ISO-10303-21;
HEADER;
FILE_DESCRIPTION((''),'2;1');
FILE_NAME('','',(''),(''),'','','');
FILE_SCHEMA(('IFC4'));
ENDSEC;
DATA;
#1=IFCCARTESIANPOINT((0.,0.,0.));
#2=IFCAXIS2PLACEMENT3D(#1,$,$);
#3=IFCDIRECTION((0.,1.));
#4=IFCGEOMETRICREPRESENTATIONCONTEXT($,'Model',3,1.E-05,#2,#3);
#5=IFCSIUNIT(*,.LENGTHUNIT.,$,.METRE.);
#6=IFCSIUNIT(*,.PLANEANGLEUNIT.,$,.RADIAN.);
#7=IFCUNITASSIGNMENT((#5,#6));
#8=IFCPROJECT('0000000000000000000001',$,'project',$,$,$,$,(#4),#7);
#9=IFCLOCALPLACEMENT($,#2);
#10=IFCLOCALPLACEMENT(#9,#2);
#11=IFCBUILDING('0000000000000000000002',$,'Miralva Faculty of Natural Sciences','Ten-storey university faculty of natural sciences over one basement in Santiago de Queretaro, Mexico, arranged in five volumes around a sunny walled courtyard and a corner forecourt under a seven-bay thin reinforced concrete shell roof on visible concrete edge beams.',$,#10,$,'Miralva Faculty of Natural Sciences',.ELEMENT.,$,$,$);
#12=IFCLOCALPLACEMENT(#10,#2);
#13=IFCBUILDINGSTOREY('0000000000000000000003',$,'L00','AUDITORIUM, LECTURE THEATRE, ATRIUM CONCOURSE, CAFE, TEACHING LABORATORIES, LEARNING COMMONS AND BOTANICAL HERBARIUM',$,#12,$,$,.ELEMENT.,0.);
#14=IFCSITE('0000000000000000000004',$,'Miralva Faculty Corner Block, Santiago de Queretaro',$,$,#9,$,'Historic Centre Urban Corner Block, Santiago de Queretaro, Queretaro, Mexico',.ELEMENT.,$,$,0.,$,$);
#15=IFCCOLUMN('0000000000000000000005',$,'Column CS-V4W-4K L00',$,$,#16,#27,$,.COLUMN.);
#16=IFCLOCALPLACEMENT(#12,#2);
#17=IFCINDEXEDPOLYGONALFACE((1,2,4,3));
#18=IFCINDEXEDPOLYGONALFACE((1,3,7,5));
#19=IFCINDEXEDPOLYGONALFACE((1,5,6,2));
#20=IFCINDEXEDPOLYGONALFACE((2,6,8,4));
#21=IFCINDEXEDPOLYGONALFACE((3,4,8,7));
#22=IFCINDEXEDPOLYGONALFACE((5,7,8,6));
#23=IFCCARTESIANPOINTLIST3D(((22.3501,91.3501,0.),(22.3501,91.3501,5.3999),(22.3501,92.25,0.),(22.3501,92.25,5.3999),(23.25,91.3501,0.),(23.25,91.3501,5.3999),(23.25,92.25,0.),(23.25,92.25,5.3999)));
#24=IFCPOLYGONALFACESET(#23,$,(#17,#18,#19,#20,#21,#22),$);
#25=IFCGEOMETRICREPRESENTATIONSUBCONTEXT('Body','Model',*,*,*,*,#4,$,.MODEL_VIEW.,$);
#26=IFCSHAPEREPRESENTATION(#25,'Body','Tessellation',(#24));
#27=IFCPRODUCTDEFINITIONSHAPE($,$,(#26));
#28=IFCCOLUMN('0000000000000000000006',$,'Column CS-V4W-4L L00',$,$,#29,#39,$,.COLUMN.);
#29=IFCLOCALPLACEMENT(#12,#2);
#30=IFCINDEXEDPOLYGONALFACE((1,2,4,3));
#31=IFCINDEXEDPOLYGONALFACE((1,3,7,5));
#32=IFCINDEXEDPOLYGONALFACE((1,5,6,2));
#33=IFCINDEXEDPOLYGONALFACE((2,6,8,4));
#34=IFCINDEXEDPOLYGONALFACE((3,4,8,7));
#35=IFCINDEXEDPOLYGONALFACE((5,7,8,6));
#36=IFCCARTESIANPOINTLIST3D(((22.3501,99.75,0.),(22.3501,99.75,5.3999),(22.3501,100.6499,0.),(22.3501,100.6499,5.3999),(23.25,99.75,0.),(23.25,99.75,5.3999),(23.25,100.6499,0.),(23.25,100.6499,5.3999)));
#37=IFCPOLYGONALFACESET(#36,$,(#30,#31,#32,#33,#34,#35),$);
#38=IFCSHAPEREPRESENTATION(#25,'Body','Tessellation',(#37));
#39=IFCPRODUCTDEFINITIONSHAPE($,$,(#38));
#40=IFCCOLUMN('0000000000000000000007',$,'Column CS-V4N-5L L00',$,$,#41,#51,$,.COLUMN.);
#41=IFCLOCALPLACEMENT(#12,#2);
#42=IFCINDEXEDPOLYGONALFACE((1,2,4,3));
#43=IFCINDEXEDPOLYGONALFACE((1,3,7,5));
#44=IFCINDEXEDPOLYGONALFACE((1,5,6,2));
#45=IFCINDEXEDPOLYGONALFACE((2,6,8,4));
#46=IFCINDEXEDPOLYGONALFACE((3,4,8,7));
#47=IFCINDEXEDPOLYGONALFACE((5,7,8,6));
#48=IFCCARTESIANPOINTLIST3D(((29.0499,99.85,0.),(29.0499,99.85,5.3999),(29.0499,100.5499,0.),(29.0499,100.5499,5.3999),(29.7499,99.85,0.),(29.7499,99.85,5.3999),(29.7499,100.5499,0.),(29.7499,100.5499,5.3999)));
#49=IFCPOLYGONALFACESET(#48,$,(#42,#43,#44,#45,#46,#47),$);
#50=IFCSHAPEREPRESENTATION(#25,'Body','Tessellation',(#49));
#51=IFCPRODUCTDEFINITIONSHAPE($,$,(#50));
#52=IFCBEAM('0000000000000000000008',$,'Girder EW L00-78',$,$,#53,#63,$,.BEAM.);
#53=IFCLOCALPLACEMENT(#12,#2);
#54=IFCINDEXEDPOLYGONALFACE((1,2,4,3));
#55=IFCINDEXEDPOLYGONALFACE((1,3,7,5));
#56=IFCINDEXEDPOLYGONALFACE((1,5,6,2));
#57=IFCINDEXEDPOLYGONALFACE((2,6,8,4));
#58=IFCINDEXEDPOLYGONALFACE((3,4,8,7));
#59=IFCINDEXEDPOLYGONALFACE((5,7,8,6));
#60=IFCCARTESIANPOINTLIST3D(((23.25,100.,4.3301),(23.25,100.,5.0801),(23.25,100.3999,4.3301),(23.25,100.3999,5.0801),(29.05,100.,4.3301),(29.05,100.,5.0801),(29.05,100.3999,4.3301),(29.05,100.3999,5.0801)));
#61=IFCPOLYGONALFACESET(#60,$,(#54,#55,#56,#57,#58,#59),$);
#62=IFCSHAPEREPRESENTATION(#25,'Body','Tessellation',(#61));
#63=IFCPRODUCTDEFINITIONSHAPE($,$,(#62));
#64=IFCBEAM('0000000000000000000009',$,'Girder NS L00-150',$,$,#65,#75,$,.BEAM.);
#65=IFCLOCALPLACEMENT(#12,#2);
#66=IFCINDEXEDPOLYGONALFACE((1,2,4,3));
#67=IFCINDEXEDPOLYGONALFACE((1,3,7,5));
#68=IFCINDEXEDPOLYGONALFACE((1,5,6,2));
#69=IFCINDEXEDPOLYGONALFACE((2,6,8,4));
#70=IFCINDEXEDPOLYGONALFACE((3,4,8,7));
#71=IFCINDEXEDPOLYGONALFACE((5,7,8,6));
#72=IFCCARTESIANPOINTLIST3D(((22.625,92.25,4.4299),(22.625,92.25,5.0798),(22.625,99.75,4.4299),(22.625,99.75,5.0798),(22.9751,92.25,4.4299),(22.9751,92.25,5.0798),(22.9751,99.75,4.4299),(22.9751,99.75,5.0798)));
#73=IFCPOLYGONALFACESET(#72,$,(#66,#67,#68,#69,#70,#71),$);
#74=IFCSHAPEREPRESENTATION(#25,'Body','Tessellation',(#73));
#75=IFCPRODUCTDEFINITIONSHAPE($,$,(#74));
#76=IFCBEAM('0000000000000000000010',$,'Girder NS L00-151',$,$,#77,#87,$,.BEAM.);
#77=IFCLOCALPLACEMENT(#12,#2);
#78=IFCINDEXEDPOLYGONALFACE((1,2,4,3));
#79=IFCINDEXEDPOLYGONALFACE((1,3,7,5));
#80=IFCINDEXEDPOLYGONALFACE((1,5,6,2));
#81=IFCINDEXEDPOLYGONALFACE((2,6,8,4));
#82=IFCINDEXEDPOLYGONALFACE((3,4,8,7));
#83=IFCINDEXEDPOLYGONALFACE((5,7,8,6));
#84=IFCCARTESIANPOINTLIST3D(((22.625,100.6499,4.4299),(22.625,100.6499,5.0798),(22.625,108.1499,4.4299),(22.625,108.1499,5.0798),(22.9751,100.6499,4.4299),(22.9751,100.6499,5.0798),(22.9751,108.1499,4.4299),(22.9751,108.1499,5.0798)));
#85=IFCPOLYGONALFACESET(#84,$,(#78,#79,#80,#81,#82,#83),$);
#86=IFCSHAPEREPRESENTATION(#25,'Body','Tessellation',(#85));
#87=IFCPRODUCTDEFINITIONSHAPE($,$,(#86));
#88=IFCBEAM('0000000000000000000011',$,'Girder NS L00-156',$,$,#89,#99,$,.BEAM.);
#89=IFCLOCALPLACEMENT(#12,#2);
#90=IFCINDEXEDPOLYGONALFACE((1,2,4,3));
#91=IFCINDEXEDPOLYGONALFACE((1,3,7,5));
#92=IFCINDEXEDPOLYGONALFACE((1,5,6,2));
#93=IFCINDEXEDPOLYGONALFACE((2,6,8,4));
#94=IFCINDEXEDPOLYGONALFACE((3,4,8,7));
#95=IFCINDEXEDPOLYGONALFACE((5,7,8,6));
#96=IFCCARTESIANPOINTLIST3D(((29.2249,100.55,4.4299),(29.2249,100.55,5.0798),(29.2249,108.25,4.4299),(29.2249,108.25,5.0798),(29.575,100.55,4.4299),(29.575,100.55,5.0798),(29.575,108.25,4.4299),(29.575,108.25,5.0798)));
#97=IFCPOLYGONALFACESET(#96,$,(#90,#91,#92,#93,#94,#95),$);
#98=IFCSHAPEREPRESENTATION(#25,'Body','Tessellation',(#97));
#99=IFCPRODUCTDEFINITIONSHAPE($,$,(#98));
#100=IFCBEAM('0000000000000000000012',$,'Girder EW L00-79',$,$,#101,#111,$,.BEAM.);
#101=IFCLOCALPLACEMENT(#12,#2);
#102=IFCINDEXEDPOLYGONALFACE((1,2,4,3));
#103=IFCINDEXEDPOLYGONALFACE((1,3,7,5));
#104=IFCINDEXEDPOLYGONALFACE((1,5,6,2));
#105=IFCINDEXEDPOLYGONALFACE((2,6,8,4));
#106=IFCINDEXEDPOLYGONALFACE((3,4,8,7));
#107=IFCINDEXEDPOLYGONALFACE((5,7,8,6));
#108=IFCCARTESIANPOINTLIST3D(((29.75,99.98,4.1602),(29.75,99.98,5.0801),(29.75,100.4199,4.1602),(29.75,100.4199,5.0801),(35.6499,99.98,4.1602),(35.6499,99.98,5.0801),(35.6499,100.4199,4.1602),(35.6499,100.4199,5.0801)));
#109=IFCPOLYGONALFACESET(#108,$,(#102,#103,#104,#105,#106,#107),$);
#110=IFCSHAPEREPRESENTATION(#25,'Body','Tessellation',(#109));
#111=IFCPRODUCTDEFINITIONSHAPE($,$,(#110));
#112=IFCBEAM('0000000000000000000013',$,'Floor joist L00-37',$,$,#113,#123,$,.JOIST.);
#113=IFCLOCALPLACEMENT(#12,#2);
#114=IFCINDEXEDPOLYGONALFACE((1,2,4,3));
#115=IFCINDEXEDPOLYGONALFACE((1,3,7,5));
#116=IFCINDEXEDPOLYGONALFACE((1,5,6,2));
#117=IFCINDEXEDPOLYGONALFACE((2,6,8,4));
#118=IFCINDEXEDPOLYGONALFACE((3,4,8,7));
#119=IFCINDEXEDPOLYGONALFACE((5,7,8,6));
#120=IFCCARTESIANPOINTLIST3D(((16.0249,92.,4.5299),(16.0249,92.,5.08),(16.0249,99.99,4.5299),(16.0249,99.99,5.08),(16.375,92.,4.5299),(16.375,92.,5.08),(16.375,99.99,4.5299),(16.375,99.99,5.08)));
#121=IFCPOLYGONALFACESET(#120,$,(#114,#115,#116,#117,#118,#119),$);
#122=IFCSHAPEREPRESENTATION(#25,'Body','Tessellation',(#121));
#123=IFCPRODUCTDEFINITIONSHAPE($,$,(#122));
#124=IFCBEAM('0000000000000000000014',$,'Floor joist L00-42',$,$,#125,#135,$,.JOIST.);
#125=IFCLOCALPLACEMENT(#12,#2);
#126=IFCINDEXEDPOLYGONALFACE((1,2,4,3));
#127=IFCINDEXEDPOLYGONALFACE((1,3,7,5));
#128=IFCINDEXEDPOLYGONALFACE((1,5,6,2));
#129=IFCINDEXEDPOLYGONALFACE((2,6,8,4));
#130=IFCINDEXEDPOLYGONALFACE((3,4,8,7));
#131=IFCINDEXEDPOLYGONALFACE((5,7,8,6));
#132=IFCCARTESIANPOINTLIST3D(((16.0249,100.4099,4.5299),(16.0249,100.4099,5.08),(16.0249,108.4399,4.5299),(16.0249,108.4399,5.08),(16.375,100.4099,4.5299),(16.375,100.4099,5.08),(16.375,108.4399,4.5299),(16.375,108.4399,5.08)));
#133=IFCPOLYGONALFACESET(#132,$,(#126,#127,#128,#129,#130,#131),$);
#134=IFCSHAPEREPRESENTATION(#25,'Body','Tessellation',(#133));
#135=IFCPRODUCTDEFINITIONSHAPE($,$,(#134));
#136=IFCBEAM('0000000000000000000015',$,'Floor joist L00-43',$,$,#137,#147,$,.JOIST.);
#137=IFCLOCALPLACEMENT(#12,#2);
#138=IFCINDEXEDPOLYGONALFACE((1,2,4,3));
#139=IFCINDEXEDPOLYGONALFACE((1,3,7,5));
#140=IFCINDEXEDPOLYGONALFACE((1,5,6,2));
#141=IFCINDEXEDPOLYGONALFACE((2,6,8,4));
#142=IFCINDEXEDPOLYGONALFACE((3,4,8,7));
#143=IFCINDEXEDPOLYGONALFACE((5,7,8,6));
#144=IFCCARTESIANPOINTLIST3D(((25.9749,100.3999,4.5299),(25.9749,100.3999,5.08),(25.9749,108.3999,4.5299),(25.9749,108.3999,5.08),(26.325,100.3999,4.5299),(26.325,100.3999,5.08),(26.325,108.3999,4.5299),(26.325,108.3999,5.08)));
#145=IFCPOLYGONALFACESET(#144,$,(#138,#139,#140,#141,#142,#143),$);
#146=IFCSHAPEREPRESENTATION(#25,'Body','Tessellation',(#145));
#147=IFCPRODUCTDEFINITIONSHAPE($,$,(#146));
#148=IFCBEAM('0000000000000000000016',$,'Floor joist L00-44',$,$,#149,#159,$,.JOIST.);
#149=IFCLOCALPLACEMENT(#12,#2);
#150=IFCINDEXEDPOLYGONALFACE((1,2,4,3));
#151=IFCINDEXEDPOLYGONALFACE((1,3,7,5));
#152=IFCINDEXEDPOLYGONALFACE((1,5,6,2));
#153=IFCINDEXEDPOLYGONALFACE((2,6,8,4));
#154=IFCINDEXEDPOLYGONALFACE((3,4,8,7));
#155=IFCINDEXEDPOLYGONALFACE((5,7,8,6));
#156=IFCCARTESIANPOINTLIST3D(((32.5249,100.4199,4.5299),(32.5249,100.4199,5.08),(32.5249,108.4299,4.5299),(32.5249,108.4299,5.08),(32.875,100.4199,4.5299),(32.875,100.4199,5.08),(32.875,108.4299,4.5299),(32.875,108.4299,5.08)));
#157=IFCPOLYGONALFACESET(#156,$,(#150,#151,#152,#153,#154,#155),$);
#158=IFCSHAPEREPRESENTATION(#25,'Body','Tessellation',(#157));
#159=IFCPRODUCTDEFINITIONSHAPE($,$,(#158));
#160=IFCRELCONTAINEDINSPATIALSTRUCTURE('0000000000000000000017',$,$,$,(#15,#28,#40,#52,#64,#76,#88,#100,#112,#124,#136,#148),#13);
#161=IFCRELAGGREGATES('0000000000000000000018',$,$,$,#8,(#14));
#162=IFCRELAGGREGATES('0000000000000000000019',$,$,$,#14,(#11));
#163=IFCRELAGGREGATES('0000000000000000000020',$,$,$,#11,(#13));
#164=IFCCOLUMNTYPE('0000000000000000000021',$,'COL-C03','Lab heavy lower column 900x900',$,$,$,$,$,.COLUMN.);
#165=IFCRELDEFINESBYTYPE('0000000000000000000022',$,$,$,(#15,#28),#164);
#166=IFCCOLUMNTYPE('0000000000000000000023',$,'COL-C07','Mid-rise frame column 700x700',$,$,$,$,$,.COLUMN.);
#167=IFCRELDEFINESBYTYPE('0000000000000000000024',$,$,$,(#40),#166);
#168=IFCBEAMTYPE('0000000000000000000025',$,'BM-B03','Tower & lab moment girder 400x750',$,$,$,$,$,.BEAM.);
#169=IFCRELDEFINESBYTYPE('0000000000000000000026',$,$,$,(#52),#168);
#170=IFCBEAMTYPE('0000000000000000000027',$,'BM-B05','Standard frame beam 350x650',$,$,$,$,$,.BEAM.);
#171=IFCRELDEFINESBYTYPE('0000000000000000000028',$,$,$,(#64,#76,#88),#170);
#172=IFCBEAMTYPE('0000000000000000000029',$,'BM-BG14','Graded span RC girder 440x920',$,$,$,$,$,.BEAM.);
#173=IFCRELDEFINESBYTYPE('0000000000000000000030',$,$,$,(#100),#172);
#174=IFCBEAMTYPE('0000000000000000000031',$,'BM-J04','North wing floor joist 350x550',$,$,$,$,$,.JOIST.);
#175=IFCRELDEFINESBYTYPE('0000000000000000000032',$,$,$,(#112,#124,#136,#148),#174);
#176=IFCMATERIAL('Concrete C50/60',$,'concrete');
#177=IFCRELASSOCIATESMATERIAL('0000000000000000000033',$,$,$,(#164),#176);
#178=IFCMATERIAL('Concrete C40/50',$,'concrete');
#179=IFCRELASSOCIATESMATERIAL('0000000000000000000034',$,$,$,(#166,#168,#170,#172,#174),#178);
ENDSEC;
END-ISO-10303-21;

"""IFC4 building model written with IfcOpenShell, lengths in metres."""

from ifc_helpers import new_model, si_unit, direction, frame, origin, origin_2d, place, context, subcontext, project, spatial, rectangle, extrude, material, material_profile, profile_set, type_object, element, save


model = new_model("IFC4")

# Units and contexts
model_context = context("Model", 3, precision=1e-05, world=origin(), true_north=direction((0.0, 1.0)))
body_context = subcontext(model_context, "Body", "Model", "MODEL_VIEW")
ifc_project = project(units=[si_unit("LENGTHUNIT", "METRE"), si_unit("PLANEANGLEUNIT", "RADIAN")], contexts=[model_context])

# Site, building, storey
site_placement = place(None, origin())
site = spatial("IfcSite", under=ifc_project, at=site_placement, Name="Miralva Faculty Corner Block, Santiago de Queretaro", LongName="Historic Centre Urban Corner Block, Santiago de Queretaro, Queretaro, Mexico", CompositionType="ELEMENT", RefElevation=0.0)
building_placement = place(site_placement, origin())
building = spatial("IfcBuilding", under=site, at=building_placement, Name="Miralva Faculty of Natural Sciences", Description="Ten-storey university faculty of natural sciences over one basement in Santiago de Queretaro, Mexico, arranged in five volumes around a sunny walled courtyard and a corner forecourt under a seven-bay thin reinforced concrete shell roof on visible concrete edge beams.", LongName="Miralva Faculty of Natural Sciences", CompositionType="ELEMENT")
storey_placement = place(building_placement, origin())
storey = spatial("IfcBuildingStorey", under=building, at=storey_placement, Name="L00", Description="AUDITORIUM, LECTURE THEATRE, ATRIUM CONCOURSE, CAFE, TEACHING LABORATORIES, LEARNING COMMONS AND BOTANICAL HERBARIUM", CompositionType="ELEMENT", Elevation=0.0)

# Columns
ifc_material_1 = material(Name="Concrete C50/60", Category="concrete")
ifc_material_profile_1 = material_profile(ifc_material_1, rectangle(XDim=0.8999, YDim=0.8999, at=origin_2d()), Name="RC 900x900")
ifc_profile_set_1 = profile_set([ifc_material_profile_1], Name="Concrete C50/60")
column_type_1 = type_object("IfcColumnType", Name="COL-C03", Description="Lab heavy lower column 900x900", PredefinedType="COLUMN", material=ifc_profile_set_1)
for number, where, z_axis, x_axis, name in (
    (1, (22.8, 91.8, 0.0), (0.0, 0.0, 1.0), (1.0, 0.0, 0.0), "Column CS-V4W-4K L00"),
    (2, (22.8, 100.2, 0.0), (0.0, 0.0, 1.0), (1.0, 0.0, 0.0), "Column CS-V4W-4L L00"),
):
    element("IfcColumn", number, at=place(storey_placement, frame(where, z_axis=z_axis, x_axis=x_axis)), inside=storey, type_object=column_type_1, Name=name, PredefinedType="COLUMN", context=body_context, shape_type="SweptSolid", body=[
        extrude(rectangle(XDim=0.8999, YDim=0.8999, at=origin_2d()), origin(), (0.0, 0.0, 1.0), 5.3999),
    ])
ifc_material_2 = material(Name="Concrete C40/50", Category="concrete")
ifc_material_profile_2 = material_profile(ifc_material_2, rectangle(XDim=0.7, YDim=0.7, at=origin_2d()), Name="RC 700x700")
ifc_profile_set_2 = profile_set([ifc_material_profile_2], Name="Concrete C40/50")
column_type_2 = type_object("IfcColumnType", Name="COL-C07", Description="Mid-rise frame column 700x700", PredefinedType="COLUMN", material=ifc_profile_set_2)
column_placement = place(storey_placement, frame((29.3999, 100.2, 0.0), z_axis=(0.0, 0.0, 1.0), x_axis=(1.0, 0.0, 0.0)))
element("IfcColumn", 3, at=column_placement, inside=storey, type_object=column_type_2, Name="Column CS-V4N-5L L00", PredefinedType="COLUMN", context=body_context, shape_type="SweptSolid", body=[
    extrude(rectangle(XDim=0.7, YDim=0.7, at=origin_2d()), origin(), (0.0, 0.0, 1.0), 5.3999),
])

# Beams
ifc_material_profile_3 = material_profile(ifc_material_2, rectangle(XDim=0.3999, YDim=0.75, at=origin_2d()), Name="RC 400x750")
ifc_profile_set_3 = profile_set([ifc_material_profile_3], Name="Concrete C40/50")
beam_type_1 = type_object("IfcBeamType", Name="BM-B03", Description="Tower & lab moment girder 400x750", PredefinedType="BEAM", material=ifc_profile_set_3)
beam_1_placement = place(storey_placement, frame((23.25, 100.2, 4.7051), z_axis=(1.0, 0.0, 0.0), x_axis=(0.0, 1.0, 0.0)))
element("IfcBeam", 4, at=beam_1_placement, inside=storey, type_object=beam_type_1, Name="Girder EW L00-78", PredefinedType="BEAM", context=body_context, shape_type="SweptSolid", body=[
    extrude(rectangle(XDim=0.3999, YDim=0.75, at=origin_2d()), origin(), (0.0, 0.0, 1.0), 5.8),
])
ifc_material_profile_4 = material_profile(ifc_material_2, rectangle(XDim=0.3501, YDim=0.6499, at=origin_2d()), Name="RC 350x650")
ifc_profile_set_4 = profile_set([ifc_material_profile_4], Name="Concrete C40/50")
beam_type_2 = type_object("IfcBeamType", Name="BM-B05", Description="Standard frame beam 350x650", PredefinedType="BEAM", material=ifc_profile_set_4)
for number, where, z_axis, x_axis, name in (
    (5, (22.8, 92.25, 4.7549), (0.0, 1.0, 0.0), (-1.0, 0.0, 0.0), "Girder NS L00-150"),
    (6, (22.8, 100.6499, 4.7549), (0.0, 1.0, 0.0), (-1.0, 0.0, 0.0), "Girder NS L00-151"),
):
    element("IfcBeam", number, at=place(storey_placement, frame(where, z_axis=z_axis, x_axis=x_axis)), inside=storey, type_object=beam_type_2, Name=name, PredefinedType="BEAM", context=body_context, shape_type="SweptSolid", body=[
        extrude(rectangle(XDim=0.3501, YDim=0.6499, at=origin_2d()), origin(), (0.0, 0.0, 1.0), 7.5),
    ])
beam_2_placement = place(storey_placement, frame((29.3999, 100.55, 4.7549), z_axis=(0.0, 1.0, 0.0), x_axis=(-1.0, 0.0, 0.0)))
element("IfcBeam", 7, at=beam_2_placement, inside=storey, type_object=beam_type_2, Name="Girder NS L00-156", PredefinedType="BEAM", context=body_context, shape_type="SweptSolid", body=[
    extrude(rectangle(XDim=0.3501, YDim=0.6499, at=origin_2d()), origin(), (0.0, 0.0, 1.0), 7.7),
])
ifc_material_profile_5 = material_profile(ifc_material_2, rectangle(XDim=0.4399, YDim=0.9199, at=origin_2d()), Name="RC 440x920")
ifc_profile_set_5 = profile_set([ifc_material_profile_5], Name="Concrete C40/50")
beam_type_3 = type_object("IfcBeamType", Name="BM-BG14", Description="Graded span RC girder 440x920", PredefinedType="BEAM", material=ifc_profile_set_5)
beam_3_placement = place(storey_placement, frame((29.75, 100.2, 4.6201), z_axis=(1.0, 0.0, 0.0), x_axis=(0.0, 1.0, 0.0)))
element("IfcBeam", 8, at=beam_3_placement, inside=storey, type_object=beam_type_3, Name="Girder EW L00-79", PredefinedType="BEAM", context=body_context, shape_type="SweptSolid", body=[
    extrude(rectangle(XDim=0.4399, YDim=0.9199, at=origin_2d()), origin(), (0.0, 0.0, 1.0), 5.8999),
])
ifc_material_profile_6 = material_profile(ifc_material_2, rectangle(XDim=0.3501, YDim=0.55, at=origin_2d()), Name="RC 350x550")
ifc_profile_set_6 = profile_set([ifc_material_profile_6], Name="Concrete C40/50")
beam_type_4 = type_object("IfcBeamType", Name="BM-J04", Description="North wing floor joist 350x550", PredefinedType="JOIST", material=ifc_profile_set_6)
beam_4_placement = place(storey_placement, frame((16.2, 92.0, 4.8049), z_axis=(0.0, 1.0, 0.0), x_axis=(-1.0, 0.0, 0.0)))
element("IfcBeam", 9, at=beam_4_placement, inside=storey, type_object=beam_type_4, Name="Floor joist L00-37", PredefinedType="JOIST", context=body_context, shape_type="SweptSolid", body=[
    extrude(rectangle(XDim=0.3501, YDim=0.55, at=origin_2d()), origin(), (0.0, 0.0, 1.0), 7.99),
])
beam_5_placement = place(storey_placement, frame((16.2, 100.4099, 4.8049), z_axis=(0.0, 1.0, 0.0), x_axis=(-1.0, 0.0, 0.0)))
element("IfcBeam", 10, at=beam_5_placement, inside=storey, type_object=beam_type_4, Name="Floor joist L00-42", PredefinedType="JOIST", context=body_context, shape_type="SweptSolid", body=[
    extrude(rectangle(XDim=0.3501, YDim=0.55, at=origin_2d()), origin(), (0.0, 0.0, 1.0), 8.03),
])
beam_6_placement = place(storey_placement, frame((26.1499, 100.3999, 4.8049), z_axis=(0.0, 1.0, 0.0), x_axis=(-1.0, 0.0, 0.0)))
element("IfcBeam", 11, at=beam_6_placement, inside=storey, type_object=beam_type_4, Name="Floor joist L00-43", PredefinedType="JOIST", context=body_context, shape_type="SweptSolid", body=[
    extrude(rectangle(XDim=0.3501, YDim=0.55, at=origin_2d()), origin(), (0.0, 0.0, 1.0), 8.0),
])
beam_7_placement = place(storey_placement, frame((32.7, 100.4199, 4.8049), z_axis=(0.0, 1.0, 0.0), x_axis=(-1.0, 0.0, 0.0)))
element("IfcBeam", 12, at=beam_7_placement, inside=storey, type_object=beam_type_4, Name="Floor joist L00-44", PredefinedType="JOIST", context=body_context, shape_type="SweptSolid", body=[
    extrude(rectangle(XDim=0.3501, YDim=0.55, at=origin_2d()), origin(), (0.0, 0.0, 1.0), 8.01),
])

save(model, "model.ifc")
